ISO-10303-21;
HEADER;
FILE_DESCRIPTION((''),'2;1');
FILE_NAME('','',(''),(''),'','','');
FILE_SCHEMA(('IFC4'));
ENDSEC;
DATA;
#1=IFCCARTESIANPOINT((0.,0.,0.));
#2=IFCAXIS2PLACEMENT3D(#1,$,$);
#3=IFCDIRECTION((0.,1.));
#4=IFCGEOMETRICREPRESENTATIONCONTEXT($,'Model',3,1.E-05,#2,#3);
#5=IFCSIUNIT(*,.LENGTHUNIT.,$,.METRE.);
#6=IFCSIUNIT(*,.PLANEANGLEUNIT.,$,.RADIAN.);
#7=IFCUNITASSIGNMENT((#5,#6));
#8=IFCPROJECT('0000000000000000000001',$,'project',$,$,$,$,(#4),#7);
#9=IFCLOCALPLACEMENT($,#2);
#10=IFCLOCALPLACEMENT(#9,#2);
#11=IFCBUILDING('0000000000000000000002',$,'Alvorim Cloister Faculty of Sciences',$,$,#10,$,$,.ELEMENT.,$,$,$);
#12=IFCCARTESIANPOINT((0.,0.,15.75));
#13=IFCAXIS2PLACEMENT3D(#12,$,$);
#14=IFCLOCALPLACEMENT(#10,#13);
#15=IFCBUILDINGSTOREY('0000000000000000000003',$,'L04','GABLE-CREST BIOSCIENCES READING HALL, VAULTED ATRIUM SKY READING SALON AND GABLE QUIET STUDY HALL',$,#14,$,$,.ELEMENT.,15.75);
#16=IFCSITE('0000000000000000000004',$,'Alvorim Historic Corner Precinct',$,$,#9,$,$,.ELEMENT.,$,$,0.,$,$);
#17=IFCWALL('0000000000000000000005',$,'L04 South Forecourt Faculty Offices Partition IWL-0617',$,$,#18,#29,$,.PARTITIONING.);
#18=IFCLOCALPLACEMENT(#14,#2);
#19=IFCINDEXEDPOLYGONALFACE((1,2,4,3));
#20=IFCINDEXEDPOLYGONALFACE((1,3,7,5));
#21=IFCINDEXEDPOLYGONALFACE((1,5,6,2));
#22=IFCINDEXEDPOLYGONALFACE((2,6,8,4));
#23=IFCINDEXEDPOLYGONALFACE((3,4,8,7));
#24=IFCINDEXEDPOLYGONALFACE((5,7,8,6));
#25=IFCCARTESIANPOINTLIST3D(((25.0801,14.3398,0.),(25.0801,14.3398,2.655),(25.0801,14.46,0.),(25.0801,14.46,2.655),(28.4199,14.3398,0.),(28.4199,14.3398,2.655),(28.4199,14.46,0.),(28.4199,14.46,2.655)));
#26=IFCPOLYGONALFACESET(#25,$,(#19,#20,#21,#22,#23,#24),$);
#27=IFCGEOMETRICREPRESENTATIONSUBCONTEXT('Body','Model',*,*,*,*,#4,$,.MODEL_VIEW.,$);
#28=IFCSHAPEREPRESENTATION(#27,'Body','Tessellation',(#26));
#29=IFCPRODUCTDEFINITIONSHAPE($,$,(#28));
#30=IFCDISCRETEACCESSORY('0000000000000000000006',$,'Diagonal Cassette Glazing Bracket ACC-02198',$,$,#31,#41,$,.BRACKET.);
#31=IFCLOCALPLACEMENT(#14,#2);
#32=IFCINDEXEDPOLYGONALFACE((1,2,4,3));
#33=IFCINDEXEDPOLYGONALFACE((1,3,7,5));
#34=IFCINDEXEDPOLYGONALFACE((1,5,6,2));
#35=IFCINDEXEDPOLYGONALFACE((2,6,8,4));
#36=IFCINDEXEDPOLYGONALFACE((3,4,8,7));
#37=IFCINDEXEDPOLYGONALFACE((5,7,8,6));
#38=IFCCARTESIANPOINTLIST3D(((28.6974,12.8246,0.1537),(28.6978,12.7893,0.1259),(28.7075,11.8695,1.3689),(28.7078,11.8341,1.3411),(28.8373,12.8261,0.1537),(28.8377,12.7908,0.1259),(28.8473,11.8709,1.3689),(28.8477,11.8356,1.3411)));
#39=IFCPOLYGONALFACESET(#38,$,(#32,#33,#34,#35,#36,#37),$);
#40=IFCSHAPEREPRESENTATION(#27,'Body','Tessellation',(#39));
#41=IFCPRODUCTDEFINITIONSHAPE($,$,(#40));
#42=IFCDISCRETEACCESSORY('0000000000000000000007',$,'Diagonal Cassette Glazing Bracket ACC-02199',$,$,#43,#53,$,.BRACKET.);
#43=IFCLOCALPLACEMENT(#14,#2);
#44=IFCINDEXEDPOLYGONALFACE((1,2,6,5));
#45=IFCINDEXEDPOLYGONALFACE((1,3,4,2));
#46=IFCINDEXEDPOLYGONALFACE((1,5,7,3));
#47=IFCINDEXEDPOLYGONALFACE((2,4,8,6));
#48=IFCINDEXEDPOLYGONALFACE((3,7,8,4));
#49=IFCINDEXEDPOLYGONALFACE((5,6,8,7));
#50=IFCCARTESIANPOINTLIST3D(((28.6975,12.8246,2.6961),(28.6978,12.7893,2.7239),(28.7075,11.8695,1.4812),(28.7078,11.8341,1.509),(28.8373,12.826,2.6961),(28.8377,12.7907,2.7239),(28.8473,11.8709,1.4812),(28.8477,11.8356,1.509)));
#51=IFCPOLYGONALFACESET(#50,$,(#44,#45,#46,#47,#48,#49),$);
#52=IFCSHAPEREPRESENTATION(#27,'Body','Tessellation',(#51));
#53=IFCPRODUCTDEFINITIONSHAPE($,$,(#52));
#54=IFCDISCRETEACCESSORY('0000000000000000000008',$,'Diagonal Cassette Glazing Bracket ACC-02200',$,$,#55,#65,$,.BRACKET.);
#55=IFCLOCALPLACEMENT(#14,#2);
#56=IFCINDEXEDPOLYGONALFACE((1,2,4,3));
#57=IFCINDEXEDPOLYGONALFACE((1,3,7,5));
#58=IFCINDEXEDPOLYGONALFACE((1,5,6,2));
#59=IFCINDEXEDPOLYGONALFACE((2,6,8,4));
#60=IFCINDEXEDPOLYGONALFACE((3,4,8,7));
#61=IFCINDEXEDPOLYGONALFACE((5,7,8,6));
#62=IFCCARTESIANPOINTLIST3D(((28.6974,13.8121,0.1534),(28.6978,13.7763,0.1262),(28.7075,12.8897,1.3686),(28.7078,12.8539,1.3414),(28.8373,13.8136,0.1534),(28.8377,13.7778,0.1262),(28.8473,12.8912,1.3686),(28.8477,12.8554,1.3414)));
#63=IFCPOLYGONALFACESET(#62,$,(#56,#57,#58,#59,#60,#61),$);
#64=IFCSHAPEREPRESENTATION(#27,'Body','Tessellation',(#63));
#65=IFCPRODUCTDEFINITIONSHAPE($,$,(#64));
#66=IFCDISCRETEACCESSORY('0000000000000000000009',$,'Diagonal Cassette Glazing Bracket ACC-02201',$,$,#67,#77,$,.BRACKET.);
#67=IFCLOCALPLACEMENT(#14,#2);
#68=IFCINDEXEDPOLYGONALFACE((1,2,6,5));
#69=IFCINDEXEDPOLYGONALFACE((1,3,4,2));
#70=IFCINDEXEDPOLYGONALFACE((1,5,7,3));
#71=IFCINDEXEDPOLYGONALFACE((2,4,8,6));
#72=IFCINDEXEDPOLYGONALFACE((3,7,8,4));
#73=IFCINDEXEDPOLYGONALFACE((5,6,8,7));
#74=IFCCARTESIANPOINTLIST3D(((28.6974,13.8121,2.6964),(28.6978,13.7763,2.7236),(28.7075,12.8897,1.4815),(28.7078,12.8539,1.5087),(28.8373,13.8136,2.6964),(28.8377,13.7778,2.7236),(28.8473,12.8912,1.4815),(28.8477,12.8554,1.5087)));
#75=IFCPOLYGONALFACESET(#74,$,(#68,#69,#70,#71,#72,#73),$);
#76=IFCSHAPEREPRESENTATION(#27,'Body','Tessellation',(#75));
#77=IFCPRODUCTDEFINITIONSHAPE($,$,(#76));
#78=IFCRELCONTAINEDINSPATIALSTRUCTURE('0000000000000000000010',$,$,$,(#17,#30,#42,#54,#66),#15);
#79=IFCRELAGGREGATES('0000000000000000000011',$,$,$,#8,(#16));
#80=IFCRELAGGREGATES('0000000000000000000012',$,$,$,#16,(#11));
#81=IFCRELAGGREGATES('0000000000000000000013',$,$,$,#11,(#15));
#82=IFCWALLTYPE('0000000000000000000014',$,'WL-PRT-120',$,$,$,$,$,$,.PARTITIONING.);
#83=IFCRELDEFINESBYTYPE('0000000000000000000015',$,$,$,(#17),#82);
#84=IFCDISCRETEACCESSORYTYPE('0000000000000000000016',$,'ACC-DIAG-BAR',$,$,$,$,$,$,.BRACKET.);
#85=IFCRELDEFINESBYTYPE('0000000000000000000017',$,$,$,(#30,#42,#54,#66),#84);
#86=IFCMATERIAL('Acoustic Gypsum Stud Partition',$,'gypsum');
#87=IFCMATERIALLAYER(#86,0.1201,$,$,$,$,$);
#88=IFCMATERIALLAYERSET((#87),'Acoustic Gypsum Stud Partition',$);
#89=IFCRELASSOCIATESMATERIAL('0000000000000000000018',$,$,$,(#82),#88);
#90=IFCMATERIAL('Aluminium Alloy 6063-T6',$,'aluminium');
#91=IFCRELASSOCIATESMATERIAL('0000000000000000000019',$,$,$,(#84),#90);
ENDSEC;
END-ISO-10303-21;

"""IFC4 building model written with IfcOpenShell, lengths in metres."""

from ifc_helpers import new_model, si_unit, direction, frame, frame_2d, origin, origin_2d, place, context, subcontext, project, spatial, rectangle, extrude, material, layer, layer_set, type_object, element, save


model = new_model("IFC4")

# Units and contexts
model_context = context("Model", 3, precision=1e-05, world=origin(), true_north=direction((0.0, 1.0)))
body_context = subcontext(model_context, "Body", "Model", "MODEL_VIEW")
ifc_project = project(units=[si_unit("LENGTHUNIT", "METRE"), si_unit("PLANEANGLEUNIT", "RADIAN")], contexts=[model_context])

# Site, building, storey
site_placement = place(None, origin())
site = spatial("IfcSite", under=ifc_project, at=site_placement, Name="Alvorim Historic Corner Precinct", CompositionType="ELEMENT", RefElevation=0.0)
building_placement = place(site_placement, origin())
building = spatial("IfcBuilding", under=site, at=building_placement, Name="Alvorim Cloister Faculty of Sciences", CompositionType="ELEMENT")
storey_placement = place(building_placement, frame((0.0, 0.0, 15.75)))
storey = spatial("IfcBuildingStorey", under=building, at=storey_placement, Name="L04", Description="GABLE-CREST BIOSCIENCES READING HALL, VAULTED ATRIUM SKY READING SALON AND GABLE QUIET STUDY HALL", CompositionType="ELEMENT", Elevation=15.75)

# Shared definitions
ifc_material_1 = material(Name="Aluminium Alloy 6063-T6", Category="aluminium")

# Wall
ifc_material_2 = material(Name="Acoustic Gypsum Stud Partition", Category="gypsum")
ifc_layer_1 = layer(ifc_material_2, 0.1201)
ifc_layer_set_1 = layer_set([ifc_layer_1], Name="Acoustic Gypsum Stud Partition")
wall_type_1 = type_object("IfcWallType", Name="WL-PRT-120", PredefinedType="PARTITIONING", material=ifc_layer_set_1)
wall_1_placement = place(storey_placement, frame((25.0801, 14.3999, 0.0), z_axis=(0.0, 0.0, 1.0), x_axis=(1.0, 0.0, 0.0)))
element("IfcWall", 1, at=wall_1_placement, inside=storey, type_object=wall_type_1, Name="L04 South Forecourt Faculty Offices Partition IWL-0617", PredefinedType="PARTITIONING", context=body_context, shape_type="SweptSolid", body=[
    extrude(rectangle(XDim=3.3398, YDim=0.1201, at=frame_2d((1.6699, 0.0))), origin(), (0.0, 0.0, 1.0), 2.655),
])

# Discrete accessories
discrete_accessory_type = type_object("IfcDiscreteAccessoryType", Name="ACC-DIAG-BAR", PredefinedType="BRACKET", material=ifc_material_1)
discrete_accessory_1_placement = place(storey_placement, frame((28.7776, 11.8525, 1.355), z_axis=(-0.006477, 0.617955, -0.786187), x_axis=(-0.999945, -0.01048, 0.0)))
element("IfcDiscreteAccessory", 2, at=discrete_accessory_1_placement, inside=storey, type_object=discrete_accessory_type, Name="Diagonal Cassette Glazing Bracket ACC-02198", PredefinedType="BRACKET", context=body_context, shape_type="SweptSolid", body=[
    extrude(rectangle(XDim=0.1399, YDim=0.0449, at=origin_2d()), origin(), (0.0, 0.0, 1.0), 1.5457),
])
discrete_accessory_2_placement = place(storey_placement, frame((28.7776, 11.8525, 1.4951), z_axis=(-0.006477, 0.618032, 0.786126), x_axis=(-0.999945, -0.01048, 0.0)))
element("IfcDiscreteAccessory", 3, at=discrete_accessory_2_placement, inside=storey, type_object=discrete_accessory_type, Name="Diagonal Cassette Glazing Bracket ACC-02199", PredefinedType="BRACKET", context=body_context, shape_type="SweptSolid", body=[
    extrude(rectangle(XDim=0.1399, YDim=0.0449, at=origin_2d()), origin(), (0.0, 0.0, 1.0), 1.5454),
])
discrete_accessory_3_placement = place(storey_placement, frame((28.7776, 12.8726, 1.355), z_axis=(-0.006561, 0.604612, -0.796493), x_axis=(-0.999941, -0.010852, 0.0)))
element("IfcDiscreteAccessory", 4, at=discrete_accessory_3_placement, inside=storey, type_object=discrete_accessory_type, Name="Diagonal Cassette Glazing Bracket ACC-02200", PredefinedType="BRACKET", context=body_context, shape_type="SweptSolid", body=[
    extrude(rectangle(XDim=0.1399, YDim=0.0449, at=origin_2d()), origin(), (0.0, 0.0, 1.0), 1.5256),
])
discrete_accessory_4_placement = place(storey_placement, frame((28.7776, 12.8726, 1.4951), z_axis=(-0.006562, 0.604689, 0.796435), x_axis=(-0.999941, -0.010852, 0.0)))
element("IfcDiscreteAccessory", 5, at=discrete_accessory_4_placement, inside=storey, type_object=discrete_accessory_type, Name="Diagonal Cassette Glazing Bracket ACC-02201", PredefinedType="BRACKET", context=body_context, shape_type="SweptSolid", body=[
    extrude(rectangle(XDim=0.1399, YDim=0.0449, at=origin_2d()), origin(), (0.0, 0.0, 1.0), 1.5254),
])

save(model, "model.ifc")
